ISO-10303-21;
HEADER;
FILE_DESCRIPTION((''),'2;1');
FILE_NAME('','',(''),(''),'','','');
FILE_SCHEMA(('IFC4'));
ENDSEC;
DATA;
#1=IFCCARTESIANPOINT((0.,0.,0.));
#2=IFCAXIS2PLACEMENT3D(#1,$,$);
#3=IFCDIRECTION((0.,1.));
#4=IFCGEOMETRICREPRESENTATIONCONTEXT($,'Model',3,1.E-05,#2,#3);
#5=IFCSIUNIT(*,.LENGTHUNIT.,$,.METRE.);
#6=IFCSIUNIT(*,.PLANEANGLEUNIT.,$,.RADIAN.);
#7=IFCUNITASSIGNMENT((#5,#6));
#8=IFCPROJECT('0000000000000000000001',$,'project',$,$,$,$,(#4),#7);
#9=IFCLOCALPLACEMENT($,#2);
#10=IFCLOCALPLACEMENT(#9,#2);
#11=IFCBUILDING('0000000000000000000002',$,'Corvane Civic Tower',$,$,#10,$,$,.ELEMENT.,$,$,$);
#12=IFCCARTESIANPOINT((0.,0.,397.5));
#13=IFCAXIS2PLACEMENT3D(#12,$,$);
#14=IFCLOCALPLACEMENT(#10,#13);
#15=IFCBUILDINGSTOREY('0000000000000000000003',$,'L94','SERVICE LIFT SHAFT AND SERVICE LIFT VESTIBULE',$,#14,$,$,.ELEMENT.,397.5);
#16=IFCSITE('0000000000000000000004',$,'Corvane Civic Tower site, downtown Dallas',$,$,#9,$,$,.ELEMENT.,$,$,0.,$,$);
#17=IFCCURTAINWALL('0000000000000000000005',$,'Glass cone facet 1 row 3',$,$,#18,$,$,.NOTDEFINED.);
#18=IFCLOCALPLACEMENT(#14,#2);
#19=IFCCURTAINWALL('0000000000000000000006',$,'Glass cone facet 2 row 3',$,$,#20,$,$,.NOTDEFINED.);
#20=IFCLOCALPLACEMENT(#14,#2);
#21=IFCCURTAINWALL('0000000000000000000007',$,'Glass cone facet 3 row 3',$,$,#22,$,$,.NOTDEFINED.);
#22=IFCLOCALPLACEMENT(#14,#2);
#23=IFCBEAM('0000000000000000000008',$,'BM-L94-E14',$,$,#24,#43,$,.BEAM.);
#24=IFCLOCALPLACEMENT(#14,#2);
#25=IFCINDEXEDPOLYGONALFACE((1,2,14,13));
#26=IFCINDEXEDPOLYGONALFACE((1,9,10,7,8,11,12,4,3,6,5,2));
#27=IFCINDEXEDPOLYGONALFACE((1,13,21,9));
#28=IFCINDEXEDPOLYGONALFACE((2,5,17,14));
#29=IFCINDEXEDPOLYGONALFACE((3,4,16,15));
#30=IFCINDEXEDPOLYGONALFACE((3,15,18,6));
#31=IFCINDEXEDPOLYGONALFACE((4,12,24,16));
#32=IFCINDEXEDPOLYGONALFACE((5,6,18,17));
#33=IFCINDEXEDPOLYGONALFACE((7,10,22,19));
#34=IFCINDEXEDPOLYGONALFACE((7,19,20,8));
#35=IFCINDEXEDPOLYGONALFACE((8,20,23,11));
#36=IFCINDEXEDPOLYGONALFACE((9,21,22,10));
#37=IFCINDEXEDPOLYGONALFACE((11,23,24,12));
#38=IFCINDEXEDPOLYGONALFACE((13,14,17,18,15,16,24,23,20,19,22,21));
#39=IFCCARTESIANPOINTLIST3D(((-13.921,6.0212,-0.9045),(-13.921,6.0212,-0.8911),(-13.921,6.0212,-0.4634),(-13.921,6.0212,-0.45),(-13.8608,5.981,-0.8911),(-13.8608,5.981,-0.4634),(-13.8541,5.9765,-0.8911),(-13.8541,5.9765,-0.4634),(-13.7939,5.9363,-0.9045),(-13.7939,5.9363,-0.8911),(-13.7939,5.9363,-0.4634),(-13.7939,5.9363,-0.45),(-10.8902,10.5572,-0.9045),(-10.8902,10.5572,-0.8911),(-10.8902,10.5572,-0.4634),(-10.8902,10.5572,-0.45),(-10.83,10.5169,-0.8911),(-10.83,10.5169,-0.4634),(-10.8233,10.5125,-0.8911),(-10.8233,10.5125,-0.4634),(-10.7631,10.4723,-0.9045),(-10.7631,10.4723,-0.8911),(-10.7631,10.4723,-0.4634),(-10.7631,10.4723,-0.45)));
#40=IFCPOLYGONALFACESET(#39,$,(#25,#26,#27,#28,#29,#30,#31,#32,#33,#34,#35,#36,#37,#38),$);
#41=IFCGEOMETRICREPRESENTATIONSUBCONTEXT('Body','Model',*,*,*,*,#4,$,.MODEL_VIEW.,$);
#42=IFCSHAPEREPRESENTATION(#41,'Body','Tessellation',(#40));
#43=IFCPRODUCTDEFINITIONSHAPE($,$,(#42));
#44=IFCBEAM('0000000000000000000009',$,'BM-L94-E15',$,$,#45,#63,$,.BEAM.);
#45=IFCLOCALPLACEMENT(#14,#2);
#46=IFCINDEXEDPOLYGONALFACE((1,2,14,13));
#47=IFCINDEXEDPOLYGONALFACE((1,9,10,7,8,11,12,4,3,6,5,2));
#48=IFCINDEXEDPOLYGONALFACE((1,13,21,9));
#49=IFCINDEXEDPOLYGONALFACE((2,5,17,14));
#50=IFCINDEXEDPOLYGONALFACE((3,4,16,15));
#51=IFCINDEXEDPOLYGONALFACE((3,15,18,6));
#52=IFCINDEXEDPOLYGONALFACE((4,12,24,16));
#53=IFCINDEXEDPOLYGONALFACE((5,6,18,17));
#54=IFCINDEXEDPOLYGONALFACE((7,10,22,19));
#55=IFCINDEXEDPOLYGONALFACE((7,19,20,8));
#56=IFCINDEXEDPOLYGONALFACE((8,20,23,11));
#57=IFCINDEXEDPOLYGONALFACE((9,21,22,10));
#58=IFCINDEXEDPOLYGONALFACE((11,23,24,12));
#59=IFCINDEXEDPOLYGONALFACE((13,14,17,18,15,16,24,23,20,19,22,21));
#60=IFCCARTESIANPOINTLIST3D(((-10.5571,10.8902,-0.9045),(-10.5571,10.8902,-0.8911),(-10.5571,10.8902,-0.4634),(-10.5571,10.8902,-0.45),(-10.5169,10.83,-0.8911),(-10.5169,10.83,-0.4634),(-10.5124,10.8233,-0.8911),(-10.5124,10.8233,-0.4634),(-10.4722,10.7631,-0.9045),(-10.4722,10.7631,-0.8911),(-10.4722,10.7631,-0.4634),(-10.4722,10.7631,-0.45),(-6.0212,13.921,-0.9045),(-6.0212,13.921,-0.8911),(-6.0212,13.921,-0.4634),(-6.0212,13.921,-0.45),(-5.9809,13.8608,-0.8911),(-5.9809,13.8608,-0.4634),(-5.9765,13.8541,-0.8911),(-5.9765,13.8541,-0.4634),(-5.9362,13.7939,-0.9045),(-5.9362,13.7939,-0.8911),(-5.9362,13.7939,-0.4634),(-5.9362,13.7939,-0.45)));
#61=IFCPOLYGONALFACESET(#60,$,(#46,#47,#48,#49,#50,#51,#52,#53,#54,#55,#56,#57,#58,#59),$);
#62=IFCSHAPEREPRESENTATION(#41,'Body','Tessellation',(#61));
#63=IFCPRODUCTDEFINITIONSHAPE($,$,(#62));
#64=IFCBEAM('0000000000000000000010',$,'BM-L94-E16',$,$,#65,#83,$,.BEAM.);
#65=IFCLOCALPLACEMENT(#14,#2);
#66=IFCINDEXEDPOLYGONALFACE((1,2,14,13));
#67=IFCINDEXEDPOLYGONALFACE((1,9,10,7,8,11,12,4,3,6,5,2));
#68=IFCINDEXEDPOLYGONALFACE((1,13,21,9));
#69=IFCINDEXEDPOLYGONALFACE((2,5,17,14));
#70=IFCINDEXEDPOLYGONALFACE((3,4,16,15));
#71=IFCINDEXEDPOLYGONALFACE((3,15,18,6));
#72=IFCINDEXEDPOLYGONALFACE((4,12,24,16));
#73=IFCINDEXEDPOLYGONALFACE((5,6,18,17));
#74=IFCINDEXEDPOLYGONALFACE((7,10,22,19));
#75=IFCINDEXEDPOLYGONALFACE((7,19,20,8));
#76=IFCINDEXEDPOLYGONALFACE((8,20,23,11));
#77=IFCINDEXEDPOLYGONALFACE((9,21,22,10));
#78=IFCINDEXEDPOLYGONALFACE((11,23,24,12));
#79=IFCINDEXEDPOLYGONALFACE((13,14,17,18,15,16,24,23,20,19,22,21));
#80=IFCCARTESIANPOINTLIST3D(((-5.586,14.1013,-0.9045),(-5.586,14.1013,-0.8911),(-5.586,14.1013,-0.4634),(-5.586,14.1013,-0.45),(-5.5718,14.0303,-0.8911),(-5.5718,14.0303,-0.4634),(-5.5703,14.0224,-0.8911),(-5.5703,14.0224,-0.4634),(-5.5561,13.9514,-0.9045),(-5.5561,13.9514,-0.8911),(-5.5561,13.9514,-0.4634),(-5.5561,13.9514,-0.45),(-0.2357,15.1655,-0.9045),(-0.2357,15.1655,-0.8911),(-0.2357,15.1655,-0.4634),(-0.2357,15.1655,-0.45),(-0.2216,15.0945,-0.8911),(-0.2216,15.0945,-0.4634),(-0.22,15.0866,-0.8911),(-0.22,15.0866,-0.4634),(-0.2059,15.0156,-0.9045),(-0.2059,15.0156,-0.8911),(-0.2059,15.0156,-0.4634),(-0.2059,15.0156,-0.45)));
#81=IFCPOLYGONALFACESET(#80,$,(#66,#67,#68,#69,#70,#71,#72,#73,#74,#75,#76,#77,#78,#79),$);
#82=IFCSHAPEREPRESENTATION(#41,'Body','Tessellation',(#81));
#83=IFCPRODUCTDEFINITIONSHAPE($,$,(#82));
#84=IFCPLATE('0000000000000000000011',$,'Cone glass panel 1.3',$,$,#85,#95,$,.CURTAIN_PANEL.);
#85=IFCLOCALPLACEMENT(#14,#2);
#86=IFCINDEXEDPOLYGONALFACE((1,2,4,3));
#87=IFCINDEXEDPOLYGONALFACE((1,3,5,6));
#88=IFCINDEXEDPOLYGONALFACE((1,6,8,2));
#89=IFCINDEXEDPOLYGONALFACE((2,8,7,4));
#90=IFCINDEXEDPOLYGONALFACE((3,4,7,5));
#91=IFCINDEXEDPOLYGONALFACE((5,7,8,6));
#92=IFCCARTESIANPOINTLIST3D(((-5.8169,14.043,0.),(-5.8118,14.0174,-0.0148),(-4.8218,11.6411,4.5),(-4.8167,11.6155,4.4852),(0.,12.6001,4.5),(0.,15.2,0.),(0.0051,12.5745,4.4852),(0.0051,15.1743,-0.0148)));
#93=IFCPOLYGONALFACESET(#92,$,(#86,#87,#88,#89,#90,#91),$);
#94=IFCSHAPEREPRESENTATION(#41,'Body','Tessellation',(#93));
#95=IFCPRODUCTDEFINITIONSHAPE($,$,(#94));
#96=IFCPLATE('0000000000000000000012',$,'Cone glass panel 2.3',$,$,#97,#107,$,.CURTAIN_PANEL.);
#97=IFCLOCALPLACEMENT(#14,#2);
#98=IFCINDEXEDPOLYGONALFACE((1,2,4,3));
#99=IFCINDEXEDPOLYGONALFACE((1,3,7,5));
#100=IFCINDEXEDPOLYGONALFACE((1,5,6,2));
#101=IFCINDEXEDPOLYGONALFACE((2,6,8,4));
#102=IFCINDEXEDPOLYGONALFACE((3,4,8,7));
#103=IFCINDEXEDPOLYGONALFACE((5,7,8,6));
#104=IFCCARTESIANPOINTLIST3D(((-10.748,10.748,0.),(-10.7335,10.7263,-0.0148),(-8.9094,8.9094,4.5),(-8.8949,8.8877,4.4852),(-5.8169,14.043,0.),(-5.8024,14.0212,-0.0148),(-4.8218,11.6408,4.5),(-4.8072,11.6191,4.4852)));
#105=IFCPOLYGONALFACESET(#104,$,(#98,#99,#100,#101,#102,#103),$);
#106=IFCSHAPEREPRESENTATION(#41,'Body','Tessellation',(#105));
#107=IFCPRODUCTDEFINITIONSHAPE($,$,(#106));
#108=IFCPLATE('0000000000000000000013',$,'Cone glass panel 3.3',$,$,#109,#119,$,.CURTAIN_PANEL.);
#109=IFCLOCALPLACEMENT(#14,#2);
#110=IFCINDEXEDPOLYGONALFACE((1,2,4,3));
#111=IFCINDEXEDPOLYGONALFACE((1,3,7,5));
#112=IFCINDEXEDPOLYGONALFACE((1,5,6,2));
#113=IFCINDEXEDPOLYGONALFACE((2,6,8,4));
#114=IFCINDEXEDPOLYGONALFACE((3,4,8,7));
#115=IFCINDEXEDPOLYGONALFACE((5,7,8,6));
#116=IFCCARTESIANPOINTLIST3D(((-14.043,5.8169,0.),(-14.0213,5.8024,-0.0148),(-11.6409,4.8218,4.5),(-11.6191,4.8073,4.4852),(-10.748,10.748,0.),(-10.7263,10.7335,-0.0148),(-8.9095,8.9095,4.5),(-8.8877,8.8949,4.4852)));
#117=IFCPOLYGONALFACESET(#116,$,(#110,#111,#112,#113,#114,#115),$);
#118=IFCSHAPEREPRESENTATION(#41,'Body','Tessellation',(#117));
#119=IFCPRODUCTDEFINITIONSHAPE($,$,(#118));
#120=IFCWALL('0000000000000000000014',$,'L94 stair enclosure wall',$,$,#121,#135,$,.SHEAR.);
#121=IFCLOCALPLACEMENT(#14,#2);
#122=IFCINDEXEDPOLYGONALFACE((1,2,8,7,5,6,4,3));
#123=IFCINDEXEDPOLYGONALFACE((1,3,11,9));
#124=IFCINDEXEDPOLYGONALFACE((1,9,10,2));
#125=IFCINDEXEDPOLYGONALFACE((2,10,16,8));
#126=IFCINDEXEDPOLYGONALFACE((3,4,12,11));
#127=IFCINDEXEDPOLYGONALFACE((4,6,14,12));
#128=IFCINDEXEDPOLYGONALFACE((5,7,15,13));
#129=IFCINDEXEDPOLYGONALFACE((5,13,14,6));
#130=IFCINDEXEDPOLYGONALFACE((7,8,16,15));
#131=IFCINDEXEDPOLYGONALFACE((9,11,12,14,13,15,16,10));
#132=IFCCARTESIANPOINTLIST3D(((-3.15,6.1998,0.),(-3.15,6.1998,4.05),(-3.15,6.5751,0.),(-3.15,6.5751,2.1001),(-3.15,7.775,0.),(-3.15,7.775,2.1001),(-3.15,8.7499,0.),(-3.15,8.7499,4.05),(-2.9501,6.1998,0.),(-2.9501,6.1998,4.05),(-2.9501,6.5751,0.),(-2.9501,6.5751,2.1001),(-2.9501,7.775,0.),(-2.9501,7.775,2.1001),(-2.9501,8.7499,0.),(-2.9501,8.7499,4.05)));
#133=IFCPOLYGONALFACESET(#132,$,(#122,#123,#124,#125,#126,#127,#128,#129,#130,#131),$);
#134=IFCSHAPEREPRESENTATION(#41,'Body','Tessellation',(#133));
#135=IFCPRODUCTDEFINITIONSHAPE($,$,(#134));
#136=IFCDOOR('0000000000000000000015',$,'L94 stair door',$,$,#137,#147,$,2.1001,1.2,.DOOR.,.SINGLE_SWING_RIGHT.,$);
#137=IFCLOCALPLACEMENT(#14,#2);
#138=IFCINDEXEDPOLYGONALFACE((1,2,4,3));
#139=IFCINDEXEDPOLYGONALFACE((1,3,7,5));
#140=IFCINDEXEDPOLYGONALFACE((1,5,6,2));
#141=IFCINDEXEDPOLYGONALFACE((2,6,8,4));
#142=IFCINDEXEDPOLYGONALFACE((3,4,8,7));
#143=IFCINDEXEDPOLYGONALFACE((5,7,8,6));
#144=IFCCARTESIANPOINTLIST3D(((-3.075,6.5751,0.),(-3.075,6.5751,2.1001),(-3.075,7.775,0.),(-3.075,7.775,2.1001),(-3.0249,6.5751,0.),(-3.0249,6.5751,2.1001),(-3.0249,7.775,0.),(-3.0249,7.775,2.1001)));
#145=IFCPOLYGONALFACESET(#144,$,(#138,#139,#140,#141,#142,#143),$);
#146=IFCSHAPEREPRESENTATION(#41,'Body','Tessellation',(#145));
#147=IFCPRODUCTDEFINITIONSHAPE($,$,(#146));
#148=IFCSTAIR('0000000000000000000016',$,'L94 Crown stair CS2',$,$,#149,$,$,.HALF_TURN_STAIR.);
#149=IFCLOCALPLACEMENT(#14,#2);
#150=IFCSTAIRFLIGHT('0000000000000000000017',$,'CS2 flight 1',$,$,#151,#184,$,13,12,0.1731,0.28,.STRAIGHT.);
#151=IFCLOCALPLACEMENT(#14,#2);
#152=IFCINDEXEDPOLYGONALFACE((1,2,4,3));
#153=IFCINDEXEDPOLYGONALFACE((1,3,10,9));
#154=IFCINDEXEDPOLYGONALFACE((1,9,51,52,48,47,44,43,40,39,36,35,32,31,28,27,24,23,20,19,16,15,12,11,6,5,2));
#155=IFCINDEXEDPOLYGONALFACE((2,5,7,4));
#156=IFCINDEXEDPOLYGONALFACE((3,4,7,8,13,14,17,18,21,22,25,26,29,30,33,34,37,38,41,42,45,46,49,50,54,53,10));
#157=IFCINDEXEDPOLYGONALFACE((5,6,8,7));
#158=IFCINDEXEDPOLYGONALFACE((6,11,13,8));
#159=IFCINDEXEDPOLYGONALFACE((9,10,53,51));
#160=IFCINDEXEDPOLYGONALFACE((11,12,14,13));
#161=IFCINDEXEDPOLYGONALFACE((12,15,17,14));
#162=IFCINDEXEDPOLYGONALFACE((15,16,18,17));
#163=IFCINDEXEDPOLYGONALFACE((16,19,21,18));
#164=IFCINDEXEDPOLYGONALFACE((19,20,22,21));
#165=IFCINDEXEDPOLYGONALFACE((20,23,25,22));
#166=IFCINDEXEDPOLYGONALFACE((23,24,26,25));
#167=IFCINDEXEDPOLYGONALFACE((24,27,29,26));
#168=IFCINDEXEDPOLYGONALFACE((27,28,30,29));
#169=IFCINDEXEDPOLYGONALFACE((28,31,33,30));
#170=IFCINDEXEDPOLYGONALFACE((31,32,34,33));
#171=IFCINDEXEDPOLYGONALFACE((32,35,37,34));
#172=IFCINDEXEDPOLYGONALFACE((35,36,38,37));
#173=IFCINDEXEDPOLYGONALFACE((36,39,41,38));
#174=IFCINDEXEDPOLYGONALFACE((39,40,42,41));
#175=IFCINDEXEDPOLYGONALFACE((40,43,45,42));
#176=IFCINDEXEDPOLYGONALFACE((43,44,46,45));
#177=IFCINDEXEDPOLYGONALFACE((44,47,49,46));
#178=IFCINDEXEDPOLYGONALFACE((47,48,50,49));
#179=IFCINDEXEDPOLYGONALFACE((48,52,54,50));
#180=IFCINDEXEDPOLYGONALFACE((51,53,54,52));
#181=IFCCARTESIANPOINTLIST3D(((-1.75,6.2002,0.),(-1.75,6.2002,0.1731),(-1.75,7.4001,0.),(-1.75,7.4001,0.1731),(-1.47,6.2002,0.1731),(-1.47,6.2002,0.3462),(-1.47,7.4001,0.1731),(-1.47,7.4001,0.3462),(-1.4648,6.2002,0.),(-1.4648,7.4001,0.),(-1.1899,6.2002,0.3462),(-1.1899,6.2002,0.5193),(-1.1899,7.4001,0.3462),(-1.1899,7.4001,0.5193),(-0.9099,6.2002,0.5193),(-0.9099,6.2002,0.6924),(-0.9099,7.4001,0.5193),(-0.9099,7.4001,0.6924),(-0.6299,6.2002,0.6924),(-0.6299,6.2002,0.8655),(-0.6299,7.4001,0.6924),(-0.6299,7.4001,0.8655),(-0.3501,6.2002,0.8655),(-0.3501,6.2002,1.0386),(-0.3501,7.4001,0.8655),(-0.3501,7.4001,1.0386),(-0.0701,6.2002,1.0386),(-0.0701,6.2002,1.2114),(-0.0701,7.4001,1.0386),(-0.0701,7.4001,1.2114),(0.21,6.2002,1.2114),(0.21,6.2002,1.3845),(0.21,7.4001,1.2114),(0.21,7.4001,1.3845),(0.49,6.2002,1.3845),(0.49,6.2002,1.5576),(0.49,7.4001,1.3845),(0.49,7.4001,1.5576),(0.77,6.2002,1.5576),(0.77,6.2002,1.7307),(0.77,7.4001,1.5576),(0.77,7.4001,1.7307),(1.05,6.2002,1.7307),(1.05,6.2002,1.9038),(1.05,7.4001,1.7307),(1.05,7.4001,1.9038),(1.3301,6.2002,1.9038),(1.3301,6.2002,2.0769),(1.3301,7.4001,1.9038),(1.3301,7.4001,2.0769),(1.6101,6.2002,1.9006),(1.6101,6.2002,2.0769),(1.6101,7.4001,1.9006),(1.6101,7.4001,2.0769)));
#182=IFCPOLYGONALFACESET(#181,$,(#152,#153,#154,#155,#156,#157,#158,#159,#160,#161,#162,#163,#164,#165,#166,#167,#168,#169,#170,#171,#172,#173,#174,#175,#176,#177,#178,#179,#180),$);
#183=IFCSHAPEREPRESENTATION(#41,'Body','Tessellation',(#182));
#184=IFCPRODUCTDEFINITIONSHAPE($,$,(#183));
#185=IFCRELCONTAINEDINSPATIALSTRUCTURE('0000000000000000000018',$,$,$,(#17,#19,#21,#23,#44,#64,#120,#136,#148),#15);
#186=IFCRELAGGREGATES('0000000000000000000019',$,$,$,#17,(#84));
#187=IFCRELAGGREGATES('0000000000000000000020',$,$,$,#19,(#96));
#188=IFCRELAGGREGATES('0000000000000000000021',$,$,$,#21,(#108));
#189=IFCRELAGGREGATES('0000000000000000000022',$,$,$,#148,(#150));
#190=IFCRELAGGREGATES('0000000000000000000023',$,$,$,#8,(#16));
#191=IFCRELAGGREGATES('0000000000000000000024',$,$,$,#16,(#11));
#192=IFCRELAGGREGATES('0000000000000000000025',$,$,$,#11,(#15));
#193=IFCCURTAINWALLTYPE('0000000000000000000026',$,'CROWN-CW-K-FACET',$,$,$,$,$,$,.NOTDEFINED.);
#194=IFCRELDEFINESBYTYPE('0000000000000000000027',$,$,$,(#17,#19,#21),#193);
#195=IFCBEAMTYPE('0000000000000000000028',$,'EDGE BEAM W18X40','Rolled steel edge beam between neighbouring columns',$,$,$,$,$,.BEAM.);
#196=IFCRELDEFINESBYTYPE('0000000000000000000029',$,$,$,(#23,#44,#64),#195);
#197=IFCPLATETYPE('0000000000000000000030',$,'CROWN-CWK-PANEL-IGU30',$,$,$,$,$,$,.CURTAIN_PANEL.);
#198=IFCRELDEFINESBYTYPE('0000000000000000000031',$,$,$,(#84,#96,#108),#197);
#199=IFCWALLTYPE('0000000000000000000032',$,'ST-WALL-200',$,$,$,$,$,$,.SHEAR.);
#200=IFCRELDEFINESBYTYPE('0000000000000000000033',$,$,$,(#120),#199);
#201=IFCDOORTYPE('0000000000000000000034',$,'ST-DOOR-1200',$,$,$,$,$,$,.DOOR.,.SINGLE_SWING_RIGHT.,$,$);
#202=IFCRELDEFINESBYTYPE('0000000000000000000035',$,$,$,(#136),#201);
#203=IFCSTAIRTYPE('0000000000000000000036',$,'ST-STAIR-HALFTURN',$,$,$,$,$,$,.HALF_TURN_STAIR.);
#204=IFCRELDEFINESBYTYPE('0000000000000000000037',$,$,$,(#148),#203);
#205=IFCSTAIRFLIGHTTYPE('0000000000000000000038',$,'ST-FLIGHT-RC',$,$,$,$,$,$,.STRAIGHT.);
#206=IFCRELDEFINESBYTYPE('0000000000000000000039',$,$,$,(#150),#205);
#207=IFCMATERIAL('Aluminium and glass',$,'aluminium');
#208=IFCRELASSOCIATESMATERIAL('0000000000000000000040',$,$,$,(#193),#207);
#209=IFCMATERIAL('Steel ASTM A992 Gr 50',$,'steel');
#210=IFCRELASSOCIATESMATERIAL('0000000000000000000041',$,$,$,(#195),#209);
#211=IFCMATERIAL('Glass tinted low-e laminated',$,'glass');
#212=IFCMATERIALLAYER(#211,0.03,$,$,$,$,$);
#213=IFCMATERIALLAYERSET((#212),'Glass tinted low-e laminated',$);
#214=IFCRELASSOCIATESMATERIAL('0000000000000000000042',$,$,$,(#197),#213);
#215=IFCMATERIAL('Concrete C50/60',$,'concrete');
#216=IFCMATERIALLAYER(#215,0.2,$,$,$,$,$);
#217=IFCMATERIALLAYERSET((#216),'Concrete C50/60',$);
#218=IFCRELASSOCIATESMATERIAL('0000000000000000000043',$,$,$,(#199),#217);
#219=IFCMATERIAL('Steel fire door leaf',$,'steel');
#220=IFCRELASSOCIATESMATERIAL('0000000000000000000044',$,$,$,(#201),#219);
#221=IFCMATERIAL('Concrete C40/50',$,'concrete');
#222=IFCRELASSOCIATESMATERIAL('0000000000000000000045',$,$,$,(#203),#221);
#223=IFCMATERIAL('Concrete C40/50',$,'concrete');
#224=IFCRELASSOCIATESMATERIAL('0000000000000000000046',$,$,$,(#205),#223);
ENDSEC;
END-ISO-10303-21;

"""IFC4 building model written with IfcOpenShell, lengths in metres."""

from ifc_helpers import new_model, si_unit, direction, frame, frame_2d, origin, origin_2d, place, context, subcontext, project, spatial, polyline, rectangle, i_section, outline, extrude, material, layer, layer_set, material_profile, profile_set, type_object, element, fill, aggregate, save


model = new_model("IFC4")

# Units and contexts
model_context = context("Model", 3, precision=1e-05, world=origin(), true_north=direction((0.0, 1.0)))
body_context = subcontext(model_context, "Body", "Model", "MODEL_VIEW")
ifc_project = project(units=[si_unit("LENGTHUNIT", "METRE"), si_unit("PLANEANGLEUNIT", "RADIAN")], contexts=[model_context])

# Site, building, storey
site_placement = place(None, origin())
site = spatial("IfcSite", under=ifc_project, at=site_placement, Name="Corvane Civic Tower site, downtown Dallas", CompositionType="ELEMENT", RefElevation=0.0)
building_placement = place(site_placement, origin())
building = spatial("IfcBuilding", under=site, at=building_placement, Name="Corvane Civic Tower", CompositionType="ELEMENT")
storey_placement = place(building_placement, frame((0.0, 0.0, 397.5)))
storey = spatial("IfcBuildingStorey", under=building, at=storey_placement, Name="L94", Description="SERVICE LIFT SHAFT AND SERVICE LIFT VESTIBULE", CompositionType="ELEMENT", Elevation=397.5)

# Curtain walls
ifc_material_1 = material(Name="Aluminium and glass", Category="aluminium")
curtain_wall_type = type_object("IfcCurtainWallType", Name="CROWN-CW-K-FACET", PredefinedType="NOTDEFINED", material=ifc_material_1)
curtain_wall_1_placement = place(storey_placement, origin())
curtain_wall_1 = element("IfcCurtainWall", 1, at=curtain_wall_1_placement, inside=storey, type_object=curtain_wall_type, Name="Glass cone facet 1 row 3", PredefinedType="NOTDEFINED")
curtain_wall_2_placement = place(storey_placement, origin())
curtain_wall_2 = element("IfcCurtainWall", 2, at=curtain_wall_2_placement, inside=storey, type_object=curtain_wall_type, Name="Glass cone facet 2 row 3", PredefinedType="NOTDEFINED")

# Curtain wall
curtain_wall_3_placement = place(storey_placement, origin())
curtain_wall_3 = element("IfcCurtainWall", 3, at=curtain_wall_3_placement, inside=storey, type_object=curtain_wall_type, Name="Glass cone facet 3 row 3", PredefinedType="NOTDEFINED")

# Beams
ifc_material_2 = material(Name="Steel ASTM A992 Gr 50", Category="steel")
ifc_material_profile_1 = material_profile(ifc_material_2, i_section(OverallWidth=0.1528, OverallDepth=0.4546, WebThickness=0.0081, FlangeThickness=0.0134, at=origin_2d()), Name="W18X40")
ifc_profile_set_1 = profile_set([ifc_material_profile_1], Name="Steel ASTM A992 Gr 50")
beam_type = type_object("IfcBeamType", Name="EDGE BEAM W18X40", Description="Rolled steel edge beam between neighbouring columns", PredefinedType="BEAM", material=ifc_profile_set_1)
for number, where, z_axis, x_axis, name in (
    (4, (-13.8574, 5.9788, -0.6772), (0.555567, 0.831471, 0.0), (-0.831471, 0.555567, 0.0), "BM-L94-E14"),
    (5, (-10.5146, 10.8267, -0.6772), (0.831471, 0.555567, 0.0), (-0.555567, 0.831471, 0.0), "BM-L94-E15"),
):
    element("IfcBeam", number, at=place(storey_placement, frame(where, z_axis=z_axis, x_axis=x_axis)), inside=storey, type_object=beam_type, Name=name, PredefinedType="BEAM", context=body_context, shape_type="SweptSolid", body=[
        extrude(i_section(OverallWidth=0.1528, OverallDepth=0.4546, WebThickness=0.0081, FlangeThickness=0.0134, at=origin_2d()), origin(), (0.0, 0.0, 1.0), 5.4553),
    ])
beam_placement = place(storey_placement, frame((-5.571, 14.0264, -0.6772), z_axis=(0.980787, 0.195083, 0.0), x_axis=(-0.195083, 0.980787, 0.0)))
element("IfcBeam", 6, at=beam_placement, inside=storey, type_object=beam_type, Name="BM-L94-E16", PredefinedType="BEAM", context=body_context, shape_type="SweptSolid", body=[
    extrude(i_section(OverallWidth=0.1528, OverallDepth=0.4546, WebThickness=0.0081, FlangeThickness=0.0134, at=origin_2d()), origin(), (0.0, 0.0, 1.0), 5.4551),
])

# Plates
ifc_material_3 = material(Name="Glass tinted low-e laminated", Category="glass")
ifc_layer_1 = layer(ifc_material_3, 0.03)
ifc_layer_set_1 = layer_set([ifc_layer_1], Name="Glass tinted low-e laminated")
plate_type = type_object("IfcPlateType", Name="CROWN-CWK-PANEL-IGU30", PredefinedType="CURTAIN_PANEL", material=ifc_layer_set_1)
plate_1_placement = place(storey_placement, frame((0.0, 15.2, 0.0), z_axis=(-0.16972, 0.853319, 0.492994), x_axis=(-0.980788, -0.195074, 0.000003)))
plate_1 = element("IfcPlate", 7, at=plate_1_placement, type_object=plate_type, Name="Cone glass panel 1.3", PredefinedType="CURTAIN_PANEL", context=body_context, shape_type="SweptSolid", body=[
    extrude(outline(polyline([(0.0, 0.0), (5.9308, 0.0), (5.4234, 5.1722), (0.5072, 5.1722), (0.0, 0.0)])), origin(), (0.0, 0.0, -1.0), 0.03),
])
aggregate(curtain_wall_1, [plate_1])
plate_2_placement = place(storey_placement, frame((-5.8169, 14.043, 0.0), z_axis=(-0.483361, 0.723377, 0.49304), x_axis=(-0.831463, -0.555581, -0.000005)))
plate_2 = element("IfcPlate", 8, at=plate_2_placement, type_object=plate_type, Name="Cone glass panel 2.3", PredefinedType="CURTAIN_PANEL", context=body_context, shape_type="SweptSolid", body=[
    extrude(outline(polyline([(0.0, 0.0), (5.9307, 0.0), (5.4234, 5.1724), (0.5071, 5.1723), (0.0, 0.0)])), origin(), (0.0, 0.0, -1.0), 0.03),
])
aggregate(curtain_wall_2, [plate_2])
plate_3_placement = place(storey_placement, frame((-10.748, 10.748, 0.0), z_axis=(-0.723377, 0.483361, 0.49304), x_axis=(-0.555581, -0.831463, 0.000005)))
plate_3 = element("IfcPlate", 9, at=plate_3_placement, type_object=plate_type, Name="Cone glass panel 3.3", PredefinedType="CURTAIN_PANEL", context=body_context, shape_type="SweptSolid", body=[
    extrude(outline(polyline([(0.0, 0.0), (5.9307, 0.0), (5.4235, 5.1723), (0.5073, 5.1724), (0.0, 0.0)])), origin(), (0.0, 0.0, -1.0), 0.03),
])
aggregate(curtain_wall_3, [plate_3])

# Wall, opening, door
ifc_material_4 = material(Name="Concrete C50/60", Category="concrete")
ifc_layer_2 = layer(ifc_material_4, 0.2)
ifc_layer_set_2 = layer_set([ifc_layer_2], Name="Concrete C50/60")
wall_type = type_object("IfcWallType", Name="ST-WALL-200", PredefinedType="SHEAR", material=ifc_layer_set_2)
wall_placement = place(storey_placement, frame((-3.05, 6.2, 0.0), z_axis=(0.0, 0.0, 1.0), x_axis=(0.0, 1.0, 0.0)))
wall = element("IfcWall", 10, at=wall_placement, inside=storey, type_object=wall_type, Name="L94 stair enclosure wall", PredefinedType="SHEAR", context=body_context, shape_type="SweptSolid", body=[
    extrude(rectangle(XDim=2.55, YDim=0.2, at=frame_2d((1.2749, 0.0))), origin(), (0.0, 0.0, 1.0), 4.05),
])
opening_placement = place(wall_placement, frame((0.375, 0.0, 0.0)))
opening = element("IfcOpeningElement", 11, at=opening_placement, cuts=wall, PredefinedType="OPENING", context=body_context, shape_type="SweptSolid", body=[
    extrude(rectangle(XDim=1.2, YDim=2.1001, at=frame_2d((0.6001, 1.05))), frame((0.0, 0.1099, 0.0), z_axis=(0.0, -1.0, 0.0), x_axis=(1.0, 0.0, 0.0)), (0.0, 0.0, 1.0), 0.22),
])
ifc_material_5 = material(Name="Steel fire door leaf", Category="steel")
door_type = type_object("IfcDoorType", Name="ST-DOOR-1200", OperationType="SINGLE_SWING_RIGHT", PredefinedType="DOOR", material=ifc_material_5)
door_placement = place(opening_placement, origin())
door = element("IfcDoor", 12, at=door_placement, inside=storey, type_object=door_type, Name="L94 stair door", OperationType="SINGLE_SWING_RIGHT", OverallHeight=2.1001, OverallWidth=1.2, PredefinedType="DOOR", context=body_context, shape_type="SweptSolid", body=[
    extrude(rectangle(XDim=1.2, YDim=2.1001, at=frame_2d((0.6001, 1.05))), frame((0.0, 0.0249, 0.0), z_axis=(0.0, -1.0, 0.0), x_axis=(1.0, 0.0, 0.0)), (0.0, 0.0, 1.0), 0.05),
])
fill(opening, door)

# Stair, stair flight
ifc_material_6 = material(Name="Concrete C40/50", Category="concrete")
stair_type = type_object("IfcStairType", Name="ST-STAIR-HALFTURN", PredefinedType="HALF_TURN_STAIR", material=ifc_material_6)
stair_placement = place(storey_placement, origin())
stair = element("IfcStair", 13, at=stair_placement, inside=storey, type_object=stair_type, Name="L94 Crown stair CS2", PredefinedType="HALF_TURN_STAIR")
ifc_material_7 = material(Name="Concrete C40/50", Category="concrete")
stair_flight_type = type_object("IfcStairFlightType", Name="ST-FLIGHT-RC", PredefinedType="STRAIGHT", material=ifc_material_7)
stair_flight_placement = place(storey_placement, frame((-1.75, 6.8, 0.0), z_axis=(0.0, 0.0, 1.0), x_axis=(1.0, 0.0, 0.0)))
stair_flight = element("IfcStairFlight", 14, at=stair_flight_placement, type_object=stair_flight_type, Name="CS2 flight 1", NumberOfRisers=13, NumberOfTreads=12, PredefinedType="STRAIGHT", RiserHeight=0.1731, TreadLength=0.28, context=body_context, shape_type="SweptSolid", body=[
    extrude(outline(polyline([(0.0, 0.0), (0.0, 0.1731), (0.28, 0.1731), (0.28, 0.3462), (0.5601, 0.3462), (0.5601, 0.5193), (0.8401, 0.5193), (0.8401, 0.6924), (1.1201, 0.6924), (1.1201, 0.8655), (1.3999, 0.8655), (1.3999, 1.0386), (1.6799, 1.0386), (1.6799, 1.2114), (1.96, 1.2114), (1.96, 1.3845), (2.24, 1.3845), (2.24, 1.5576), (2.52, 1.5576), (2.52, 1.7307), (2.8, 1.7307), (2.8, 1.9038), (3.0801, 1.9038), (3.0801, 2.0769), (3.3601, 2.0769), (3.3601, 2.25), (3.3601, 1.9006), (0.2852, 0.0), (0.0, 0.0)])), frame((0.0, 0.6001, 0.0), z_axis=(0.0, -1.0, 0.0), x_axis=(1.0, 0.0, 0.0)), (0.0, 0.0, 1.0), 1.2),
])
aggregate(stair, [stair_flight])

save(model, "model.ifc")
